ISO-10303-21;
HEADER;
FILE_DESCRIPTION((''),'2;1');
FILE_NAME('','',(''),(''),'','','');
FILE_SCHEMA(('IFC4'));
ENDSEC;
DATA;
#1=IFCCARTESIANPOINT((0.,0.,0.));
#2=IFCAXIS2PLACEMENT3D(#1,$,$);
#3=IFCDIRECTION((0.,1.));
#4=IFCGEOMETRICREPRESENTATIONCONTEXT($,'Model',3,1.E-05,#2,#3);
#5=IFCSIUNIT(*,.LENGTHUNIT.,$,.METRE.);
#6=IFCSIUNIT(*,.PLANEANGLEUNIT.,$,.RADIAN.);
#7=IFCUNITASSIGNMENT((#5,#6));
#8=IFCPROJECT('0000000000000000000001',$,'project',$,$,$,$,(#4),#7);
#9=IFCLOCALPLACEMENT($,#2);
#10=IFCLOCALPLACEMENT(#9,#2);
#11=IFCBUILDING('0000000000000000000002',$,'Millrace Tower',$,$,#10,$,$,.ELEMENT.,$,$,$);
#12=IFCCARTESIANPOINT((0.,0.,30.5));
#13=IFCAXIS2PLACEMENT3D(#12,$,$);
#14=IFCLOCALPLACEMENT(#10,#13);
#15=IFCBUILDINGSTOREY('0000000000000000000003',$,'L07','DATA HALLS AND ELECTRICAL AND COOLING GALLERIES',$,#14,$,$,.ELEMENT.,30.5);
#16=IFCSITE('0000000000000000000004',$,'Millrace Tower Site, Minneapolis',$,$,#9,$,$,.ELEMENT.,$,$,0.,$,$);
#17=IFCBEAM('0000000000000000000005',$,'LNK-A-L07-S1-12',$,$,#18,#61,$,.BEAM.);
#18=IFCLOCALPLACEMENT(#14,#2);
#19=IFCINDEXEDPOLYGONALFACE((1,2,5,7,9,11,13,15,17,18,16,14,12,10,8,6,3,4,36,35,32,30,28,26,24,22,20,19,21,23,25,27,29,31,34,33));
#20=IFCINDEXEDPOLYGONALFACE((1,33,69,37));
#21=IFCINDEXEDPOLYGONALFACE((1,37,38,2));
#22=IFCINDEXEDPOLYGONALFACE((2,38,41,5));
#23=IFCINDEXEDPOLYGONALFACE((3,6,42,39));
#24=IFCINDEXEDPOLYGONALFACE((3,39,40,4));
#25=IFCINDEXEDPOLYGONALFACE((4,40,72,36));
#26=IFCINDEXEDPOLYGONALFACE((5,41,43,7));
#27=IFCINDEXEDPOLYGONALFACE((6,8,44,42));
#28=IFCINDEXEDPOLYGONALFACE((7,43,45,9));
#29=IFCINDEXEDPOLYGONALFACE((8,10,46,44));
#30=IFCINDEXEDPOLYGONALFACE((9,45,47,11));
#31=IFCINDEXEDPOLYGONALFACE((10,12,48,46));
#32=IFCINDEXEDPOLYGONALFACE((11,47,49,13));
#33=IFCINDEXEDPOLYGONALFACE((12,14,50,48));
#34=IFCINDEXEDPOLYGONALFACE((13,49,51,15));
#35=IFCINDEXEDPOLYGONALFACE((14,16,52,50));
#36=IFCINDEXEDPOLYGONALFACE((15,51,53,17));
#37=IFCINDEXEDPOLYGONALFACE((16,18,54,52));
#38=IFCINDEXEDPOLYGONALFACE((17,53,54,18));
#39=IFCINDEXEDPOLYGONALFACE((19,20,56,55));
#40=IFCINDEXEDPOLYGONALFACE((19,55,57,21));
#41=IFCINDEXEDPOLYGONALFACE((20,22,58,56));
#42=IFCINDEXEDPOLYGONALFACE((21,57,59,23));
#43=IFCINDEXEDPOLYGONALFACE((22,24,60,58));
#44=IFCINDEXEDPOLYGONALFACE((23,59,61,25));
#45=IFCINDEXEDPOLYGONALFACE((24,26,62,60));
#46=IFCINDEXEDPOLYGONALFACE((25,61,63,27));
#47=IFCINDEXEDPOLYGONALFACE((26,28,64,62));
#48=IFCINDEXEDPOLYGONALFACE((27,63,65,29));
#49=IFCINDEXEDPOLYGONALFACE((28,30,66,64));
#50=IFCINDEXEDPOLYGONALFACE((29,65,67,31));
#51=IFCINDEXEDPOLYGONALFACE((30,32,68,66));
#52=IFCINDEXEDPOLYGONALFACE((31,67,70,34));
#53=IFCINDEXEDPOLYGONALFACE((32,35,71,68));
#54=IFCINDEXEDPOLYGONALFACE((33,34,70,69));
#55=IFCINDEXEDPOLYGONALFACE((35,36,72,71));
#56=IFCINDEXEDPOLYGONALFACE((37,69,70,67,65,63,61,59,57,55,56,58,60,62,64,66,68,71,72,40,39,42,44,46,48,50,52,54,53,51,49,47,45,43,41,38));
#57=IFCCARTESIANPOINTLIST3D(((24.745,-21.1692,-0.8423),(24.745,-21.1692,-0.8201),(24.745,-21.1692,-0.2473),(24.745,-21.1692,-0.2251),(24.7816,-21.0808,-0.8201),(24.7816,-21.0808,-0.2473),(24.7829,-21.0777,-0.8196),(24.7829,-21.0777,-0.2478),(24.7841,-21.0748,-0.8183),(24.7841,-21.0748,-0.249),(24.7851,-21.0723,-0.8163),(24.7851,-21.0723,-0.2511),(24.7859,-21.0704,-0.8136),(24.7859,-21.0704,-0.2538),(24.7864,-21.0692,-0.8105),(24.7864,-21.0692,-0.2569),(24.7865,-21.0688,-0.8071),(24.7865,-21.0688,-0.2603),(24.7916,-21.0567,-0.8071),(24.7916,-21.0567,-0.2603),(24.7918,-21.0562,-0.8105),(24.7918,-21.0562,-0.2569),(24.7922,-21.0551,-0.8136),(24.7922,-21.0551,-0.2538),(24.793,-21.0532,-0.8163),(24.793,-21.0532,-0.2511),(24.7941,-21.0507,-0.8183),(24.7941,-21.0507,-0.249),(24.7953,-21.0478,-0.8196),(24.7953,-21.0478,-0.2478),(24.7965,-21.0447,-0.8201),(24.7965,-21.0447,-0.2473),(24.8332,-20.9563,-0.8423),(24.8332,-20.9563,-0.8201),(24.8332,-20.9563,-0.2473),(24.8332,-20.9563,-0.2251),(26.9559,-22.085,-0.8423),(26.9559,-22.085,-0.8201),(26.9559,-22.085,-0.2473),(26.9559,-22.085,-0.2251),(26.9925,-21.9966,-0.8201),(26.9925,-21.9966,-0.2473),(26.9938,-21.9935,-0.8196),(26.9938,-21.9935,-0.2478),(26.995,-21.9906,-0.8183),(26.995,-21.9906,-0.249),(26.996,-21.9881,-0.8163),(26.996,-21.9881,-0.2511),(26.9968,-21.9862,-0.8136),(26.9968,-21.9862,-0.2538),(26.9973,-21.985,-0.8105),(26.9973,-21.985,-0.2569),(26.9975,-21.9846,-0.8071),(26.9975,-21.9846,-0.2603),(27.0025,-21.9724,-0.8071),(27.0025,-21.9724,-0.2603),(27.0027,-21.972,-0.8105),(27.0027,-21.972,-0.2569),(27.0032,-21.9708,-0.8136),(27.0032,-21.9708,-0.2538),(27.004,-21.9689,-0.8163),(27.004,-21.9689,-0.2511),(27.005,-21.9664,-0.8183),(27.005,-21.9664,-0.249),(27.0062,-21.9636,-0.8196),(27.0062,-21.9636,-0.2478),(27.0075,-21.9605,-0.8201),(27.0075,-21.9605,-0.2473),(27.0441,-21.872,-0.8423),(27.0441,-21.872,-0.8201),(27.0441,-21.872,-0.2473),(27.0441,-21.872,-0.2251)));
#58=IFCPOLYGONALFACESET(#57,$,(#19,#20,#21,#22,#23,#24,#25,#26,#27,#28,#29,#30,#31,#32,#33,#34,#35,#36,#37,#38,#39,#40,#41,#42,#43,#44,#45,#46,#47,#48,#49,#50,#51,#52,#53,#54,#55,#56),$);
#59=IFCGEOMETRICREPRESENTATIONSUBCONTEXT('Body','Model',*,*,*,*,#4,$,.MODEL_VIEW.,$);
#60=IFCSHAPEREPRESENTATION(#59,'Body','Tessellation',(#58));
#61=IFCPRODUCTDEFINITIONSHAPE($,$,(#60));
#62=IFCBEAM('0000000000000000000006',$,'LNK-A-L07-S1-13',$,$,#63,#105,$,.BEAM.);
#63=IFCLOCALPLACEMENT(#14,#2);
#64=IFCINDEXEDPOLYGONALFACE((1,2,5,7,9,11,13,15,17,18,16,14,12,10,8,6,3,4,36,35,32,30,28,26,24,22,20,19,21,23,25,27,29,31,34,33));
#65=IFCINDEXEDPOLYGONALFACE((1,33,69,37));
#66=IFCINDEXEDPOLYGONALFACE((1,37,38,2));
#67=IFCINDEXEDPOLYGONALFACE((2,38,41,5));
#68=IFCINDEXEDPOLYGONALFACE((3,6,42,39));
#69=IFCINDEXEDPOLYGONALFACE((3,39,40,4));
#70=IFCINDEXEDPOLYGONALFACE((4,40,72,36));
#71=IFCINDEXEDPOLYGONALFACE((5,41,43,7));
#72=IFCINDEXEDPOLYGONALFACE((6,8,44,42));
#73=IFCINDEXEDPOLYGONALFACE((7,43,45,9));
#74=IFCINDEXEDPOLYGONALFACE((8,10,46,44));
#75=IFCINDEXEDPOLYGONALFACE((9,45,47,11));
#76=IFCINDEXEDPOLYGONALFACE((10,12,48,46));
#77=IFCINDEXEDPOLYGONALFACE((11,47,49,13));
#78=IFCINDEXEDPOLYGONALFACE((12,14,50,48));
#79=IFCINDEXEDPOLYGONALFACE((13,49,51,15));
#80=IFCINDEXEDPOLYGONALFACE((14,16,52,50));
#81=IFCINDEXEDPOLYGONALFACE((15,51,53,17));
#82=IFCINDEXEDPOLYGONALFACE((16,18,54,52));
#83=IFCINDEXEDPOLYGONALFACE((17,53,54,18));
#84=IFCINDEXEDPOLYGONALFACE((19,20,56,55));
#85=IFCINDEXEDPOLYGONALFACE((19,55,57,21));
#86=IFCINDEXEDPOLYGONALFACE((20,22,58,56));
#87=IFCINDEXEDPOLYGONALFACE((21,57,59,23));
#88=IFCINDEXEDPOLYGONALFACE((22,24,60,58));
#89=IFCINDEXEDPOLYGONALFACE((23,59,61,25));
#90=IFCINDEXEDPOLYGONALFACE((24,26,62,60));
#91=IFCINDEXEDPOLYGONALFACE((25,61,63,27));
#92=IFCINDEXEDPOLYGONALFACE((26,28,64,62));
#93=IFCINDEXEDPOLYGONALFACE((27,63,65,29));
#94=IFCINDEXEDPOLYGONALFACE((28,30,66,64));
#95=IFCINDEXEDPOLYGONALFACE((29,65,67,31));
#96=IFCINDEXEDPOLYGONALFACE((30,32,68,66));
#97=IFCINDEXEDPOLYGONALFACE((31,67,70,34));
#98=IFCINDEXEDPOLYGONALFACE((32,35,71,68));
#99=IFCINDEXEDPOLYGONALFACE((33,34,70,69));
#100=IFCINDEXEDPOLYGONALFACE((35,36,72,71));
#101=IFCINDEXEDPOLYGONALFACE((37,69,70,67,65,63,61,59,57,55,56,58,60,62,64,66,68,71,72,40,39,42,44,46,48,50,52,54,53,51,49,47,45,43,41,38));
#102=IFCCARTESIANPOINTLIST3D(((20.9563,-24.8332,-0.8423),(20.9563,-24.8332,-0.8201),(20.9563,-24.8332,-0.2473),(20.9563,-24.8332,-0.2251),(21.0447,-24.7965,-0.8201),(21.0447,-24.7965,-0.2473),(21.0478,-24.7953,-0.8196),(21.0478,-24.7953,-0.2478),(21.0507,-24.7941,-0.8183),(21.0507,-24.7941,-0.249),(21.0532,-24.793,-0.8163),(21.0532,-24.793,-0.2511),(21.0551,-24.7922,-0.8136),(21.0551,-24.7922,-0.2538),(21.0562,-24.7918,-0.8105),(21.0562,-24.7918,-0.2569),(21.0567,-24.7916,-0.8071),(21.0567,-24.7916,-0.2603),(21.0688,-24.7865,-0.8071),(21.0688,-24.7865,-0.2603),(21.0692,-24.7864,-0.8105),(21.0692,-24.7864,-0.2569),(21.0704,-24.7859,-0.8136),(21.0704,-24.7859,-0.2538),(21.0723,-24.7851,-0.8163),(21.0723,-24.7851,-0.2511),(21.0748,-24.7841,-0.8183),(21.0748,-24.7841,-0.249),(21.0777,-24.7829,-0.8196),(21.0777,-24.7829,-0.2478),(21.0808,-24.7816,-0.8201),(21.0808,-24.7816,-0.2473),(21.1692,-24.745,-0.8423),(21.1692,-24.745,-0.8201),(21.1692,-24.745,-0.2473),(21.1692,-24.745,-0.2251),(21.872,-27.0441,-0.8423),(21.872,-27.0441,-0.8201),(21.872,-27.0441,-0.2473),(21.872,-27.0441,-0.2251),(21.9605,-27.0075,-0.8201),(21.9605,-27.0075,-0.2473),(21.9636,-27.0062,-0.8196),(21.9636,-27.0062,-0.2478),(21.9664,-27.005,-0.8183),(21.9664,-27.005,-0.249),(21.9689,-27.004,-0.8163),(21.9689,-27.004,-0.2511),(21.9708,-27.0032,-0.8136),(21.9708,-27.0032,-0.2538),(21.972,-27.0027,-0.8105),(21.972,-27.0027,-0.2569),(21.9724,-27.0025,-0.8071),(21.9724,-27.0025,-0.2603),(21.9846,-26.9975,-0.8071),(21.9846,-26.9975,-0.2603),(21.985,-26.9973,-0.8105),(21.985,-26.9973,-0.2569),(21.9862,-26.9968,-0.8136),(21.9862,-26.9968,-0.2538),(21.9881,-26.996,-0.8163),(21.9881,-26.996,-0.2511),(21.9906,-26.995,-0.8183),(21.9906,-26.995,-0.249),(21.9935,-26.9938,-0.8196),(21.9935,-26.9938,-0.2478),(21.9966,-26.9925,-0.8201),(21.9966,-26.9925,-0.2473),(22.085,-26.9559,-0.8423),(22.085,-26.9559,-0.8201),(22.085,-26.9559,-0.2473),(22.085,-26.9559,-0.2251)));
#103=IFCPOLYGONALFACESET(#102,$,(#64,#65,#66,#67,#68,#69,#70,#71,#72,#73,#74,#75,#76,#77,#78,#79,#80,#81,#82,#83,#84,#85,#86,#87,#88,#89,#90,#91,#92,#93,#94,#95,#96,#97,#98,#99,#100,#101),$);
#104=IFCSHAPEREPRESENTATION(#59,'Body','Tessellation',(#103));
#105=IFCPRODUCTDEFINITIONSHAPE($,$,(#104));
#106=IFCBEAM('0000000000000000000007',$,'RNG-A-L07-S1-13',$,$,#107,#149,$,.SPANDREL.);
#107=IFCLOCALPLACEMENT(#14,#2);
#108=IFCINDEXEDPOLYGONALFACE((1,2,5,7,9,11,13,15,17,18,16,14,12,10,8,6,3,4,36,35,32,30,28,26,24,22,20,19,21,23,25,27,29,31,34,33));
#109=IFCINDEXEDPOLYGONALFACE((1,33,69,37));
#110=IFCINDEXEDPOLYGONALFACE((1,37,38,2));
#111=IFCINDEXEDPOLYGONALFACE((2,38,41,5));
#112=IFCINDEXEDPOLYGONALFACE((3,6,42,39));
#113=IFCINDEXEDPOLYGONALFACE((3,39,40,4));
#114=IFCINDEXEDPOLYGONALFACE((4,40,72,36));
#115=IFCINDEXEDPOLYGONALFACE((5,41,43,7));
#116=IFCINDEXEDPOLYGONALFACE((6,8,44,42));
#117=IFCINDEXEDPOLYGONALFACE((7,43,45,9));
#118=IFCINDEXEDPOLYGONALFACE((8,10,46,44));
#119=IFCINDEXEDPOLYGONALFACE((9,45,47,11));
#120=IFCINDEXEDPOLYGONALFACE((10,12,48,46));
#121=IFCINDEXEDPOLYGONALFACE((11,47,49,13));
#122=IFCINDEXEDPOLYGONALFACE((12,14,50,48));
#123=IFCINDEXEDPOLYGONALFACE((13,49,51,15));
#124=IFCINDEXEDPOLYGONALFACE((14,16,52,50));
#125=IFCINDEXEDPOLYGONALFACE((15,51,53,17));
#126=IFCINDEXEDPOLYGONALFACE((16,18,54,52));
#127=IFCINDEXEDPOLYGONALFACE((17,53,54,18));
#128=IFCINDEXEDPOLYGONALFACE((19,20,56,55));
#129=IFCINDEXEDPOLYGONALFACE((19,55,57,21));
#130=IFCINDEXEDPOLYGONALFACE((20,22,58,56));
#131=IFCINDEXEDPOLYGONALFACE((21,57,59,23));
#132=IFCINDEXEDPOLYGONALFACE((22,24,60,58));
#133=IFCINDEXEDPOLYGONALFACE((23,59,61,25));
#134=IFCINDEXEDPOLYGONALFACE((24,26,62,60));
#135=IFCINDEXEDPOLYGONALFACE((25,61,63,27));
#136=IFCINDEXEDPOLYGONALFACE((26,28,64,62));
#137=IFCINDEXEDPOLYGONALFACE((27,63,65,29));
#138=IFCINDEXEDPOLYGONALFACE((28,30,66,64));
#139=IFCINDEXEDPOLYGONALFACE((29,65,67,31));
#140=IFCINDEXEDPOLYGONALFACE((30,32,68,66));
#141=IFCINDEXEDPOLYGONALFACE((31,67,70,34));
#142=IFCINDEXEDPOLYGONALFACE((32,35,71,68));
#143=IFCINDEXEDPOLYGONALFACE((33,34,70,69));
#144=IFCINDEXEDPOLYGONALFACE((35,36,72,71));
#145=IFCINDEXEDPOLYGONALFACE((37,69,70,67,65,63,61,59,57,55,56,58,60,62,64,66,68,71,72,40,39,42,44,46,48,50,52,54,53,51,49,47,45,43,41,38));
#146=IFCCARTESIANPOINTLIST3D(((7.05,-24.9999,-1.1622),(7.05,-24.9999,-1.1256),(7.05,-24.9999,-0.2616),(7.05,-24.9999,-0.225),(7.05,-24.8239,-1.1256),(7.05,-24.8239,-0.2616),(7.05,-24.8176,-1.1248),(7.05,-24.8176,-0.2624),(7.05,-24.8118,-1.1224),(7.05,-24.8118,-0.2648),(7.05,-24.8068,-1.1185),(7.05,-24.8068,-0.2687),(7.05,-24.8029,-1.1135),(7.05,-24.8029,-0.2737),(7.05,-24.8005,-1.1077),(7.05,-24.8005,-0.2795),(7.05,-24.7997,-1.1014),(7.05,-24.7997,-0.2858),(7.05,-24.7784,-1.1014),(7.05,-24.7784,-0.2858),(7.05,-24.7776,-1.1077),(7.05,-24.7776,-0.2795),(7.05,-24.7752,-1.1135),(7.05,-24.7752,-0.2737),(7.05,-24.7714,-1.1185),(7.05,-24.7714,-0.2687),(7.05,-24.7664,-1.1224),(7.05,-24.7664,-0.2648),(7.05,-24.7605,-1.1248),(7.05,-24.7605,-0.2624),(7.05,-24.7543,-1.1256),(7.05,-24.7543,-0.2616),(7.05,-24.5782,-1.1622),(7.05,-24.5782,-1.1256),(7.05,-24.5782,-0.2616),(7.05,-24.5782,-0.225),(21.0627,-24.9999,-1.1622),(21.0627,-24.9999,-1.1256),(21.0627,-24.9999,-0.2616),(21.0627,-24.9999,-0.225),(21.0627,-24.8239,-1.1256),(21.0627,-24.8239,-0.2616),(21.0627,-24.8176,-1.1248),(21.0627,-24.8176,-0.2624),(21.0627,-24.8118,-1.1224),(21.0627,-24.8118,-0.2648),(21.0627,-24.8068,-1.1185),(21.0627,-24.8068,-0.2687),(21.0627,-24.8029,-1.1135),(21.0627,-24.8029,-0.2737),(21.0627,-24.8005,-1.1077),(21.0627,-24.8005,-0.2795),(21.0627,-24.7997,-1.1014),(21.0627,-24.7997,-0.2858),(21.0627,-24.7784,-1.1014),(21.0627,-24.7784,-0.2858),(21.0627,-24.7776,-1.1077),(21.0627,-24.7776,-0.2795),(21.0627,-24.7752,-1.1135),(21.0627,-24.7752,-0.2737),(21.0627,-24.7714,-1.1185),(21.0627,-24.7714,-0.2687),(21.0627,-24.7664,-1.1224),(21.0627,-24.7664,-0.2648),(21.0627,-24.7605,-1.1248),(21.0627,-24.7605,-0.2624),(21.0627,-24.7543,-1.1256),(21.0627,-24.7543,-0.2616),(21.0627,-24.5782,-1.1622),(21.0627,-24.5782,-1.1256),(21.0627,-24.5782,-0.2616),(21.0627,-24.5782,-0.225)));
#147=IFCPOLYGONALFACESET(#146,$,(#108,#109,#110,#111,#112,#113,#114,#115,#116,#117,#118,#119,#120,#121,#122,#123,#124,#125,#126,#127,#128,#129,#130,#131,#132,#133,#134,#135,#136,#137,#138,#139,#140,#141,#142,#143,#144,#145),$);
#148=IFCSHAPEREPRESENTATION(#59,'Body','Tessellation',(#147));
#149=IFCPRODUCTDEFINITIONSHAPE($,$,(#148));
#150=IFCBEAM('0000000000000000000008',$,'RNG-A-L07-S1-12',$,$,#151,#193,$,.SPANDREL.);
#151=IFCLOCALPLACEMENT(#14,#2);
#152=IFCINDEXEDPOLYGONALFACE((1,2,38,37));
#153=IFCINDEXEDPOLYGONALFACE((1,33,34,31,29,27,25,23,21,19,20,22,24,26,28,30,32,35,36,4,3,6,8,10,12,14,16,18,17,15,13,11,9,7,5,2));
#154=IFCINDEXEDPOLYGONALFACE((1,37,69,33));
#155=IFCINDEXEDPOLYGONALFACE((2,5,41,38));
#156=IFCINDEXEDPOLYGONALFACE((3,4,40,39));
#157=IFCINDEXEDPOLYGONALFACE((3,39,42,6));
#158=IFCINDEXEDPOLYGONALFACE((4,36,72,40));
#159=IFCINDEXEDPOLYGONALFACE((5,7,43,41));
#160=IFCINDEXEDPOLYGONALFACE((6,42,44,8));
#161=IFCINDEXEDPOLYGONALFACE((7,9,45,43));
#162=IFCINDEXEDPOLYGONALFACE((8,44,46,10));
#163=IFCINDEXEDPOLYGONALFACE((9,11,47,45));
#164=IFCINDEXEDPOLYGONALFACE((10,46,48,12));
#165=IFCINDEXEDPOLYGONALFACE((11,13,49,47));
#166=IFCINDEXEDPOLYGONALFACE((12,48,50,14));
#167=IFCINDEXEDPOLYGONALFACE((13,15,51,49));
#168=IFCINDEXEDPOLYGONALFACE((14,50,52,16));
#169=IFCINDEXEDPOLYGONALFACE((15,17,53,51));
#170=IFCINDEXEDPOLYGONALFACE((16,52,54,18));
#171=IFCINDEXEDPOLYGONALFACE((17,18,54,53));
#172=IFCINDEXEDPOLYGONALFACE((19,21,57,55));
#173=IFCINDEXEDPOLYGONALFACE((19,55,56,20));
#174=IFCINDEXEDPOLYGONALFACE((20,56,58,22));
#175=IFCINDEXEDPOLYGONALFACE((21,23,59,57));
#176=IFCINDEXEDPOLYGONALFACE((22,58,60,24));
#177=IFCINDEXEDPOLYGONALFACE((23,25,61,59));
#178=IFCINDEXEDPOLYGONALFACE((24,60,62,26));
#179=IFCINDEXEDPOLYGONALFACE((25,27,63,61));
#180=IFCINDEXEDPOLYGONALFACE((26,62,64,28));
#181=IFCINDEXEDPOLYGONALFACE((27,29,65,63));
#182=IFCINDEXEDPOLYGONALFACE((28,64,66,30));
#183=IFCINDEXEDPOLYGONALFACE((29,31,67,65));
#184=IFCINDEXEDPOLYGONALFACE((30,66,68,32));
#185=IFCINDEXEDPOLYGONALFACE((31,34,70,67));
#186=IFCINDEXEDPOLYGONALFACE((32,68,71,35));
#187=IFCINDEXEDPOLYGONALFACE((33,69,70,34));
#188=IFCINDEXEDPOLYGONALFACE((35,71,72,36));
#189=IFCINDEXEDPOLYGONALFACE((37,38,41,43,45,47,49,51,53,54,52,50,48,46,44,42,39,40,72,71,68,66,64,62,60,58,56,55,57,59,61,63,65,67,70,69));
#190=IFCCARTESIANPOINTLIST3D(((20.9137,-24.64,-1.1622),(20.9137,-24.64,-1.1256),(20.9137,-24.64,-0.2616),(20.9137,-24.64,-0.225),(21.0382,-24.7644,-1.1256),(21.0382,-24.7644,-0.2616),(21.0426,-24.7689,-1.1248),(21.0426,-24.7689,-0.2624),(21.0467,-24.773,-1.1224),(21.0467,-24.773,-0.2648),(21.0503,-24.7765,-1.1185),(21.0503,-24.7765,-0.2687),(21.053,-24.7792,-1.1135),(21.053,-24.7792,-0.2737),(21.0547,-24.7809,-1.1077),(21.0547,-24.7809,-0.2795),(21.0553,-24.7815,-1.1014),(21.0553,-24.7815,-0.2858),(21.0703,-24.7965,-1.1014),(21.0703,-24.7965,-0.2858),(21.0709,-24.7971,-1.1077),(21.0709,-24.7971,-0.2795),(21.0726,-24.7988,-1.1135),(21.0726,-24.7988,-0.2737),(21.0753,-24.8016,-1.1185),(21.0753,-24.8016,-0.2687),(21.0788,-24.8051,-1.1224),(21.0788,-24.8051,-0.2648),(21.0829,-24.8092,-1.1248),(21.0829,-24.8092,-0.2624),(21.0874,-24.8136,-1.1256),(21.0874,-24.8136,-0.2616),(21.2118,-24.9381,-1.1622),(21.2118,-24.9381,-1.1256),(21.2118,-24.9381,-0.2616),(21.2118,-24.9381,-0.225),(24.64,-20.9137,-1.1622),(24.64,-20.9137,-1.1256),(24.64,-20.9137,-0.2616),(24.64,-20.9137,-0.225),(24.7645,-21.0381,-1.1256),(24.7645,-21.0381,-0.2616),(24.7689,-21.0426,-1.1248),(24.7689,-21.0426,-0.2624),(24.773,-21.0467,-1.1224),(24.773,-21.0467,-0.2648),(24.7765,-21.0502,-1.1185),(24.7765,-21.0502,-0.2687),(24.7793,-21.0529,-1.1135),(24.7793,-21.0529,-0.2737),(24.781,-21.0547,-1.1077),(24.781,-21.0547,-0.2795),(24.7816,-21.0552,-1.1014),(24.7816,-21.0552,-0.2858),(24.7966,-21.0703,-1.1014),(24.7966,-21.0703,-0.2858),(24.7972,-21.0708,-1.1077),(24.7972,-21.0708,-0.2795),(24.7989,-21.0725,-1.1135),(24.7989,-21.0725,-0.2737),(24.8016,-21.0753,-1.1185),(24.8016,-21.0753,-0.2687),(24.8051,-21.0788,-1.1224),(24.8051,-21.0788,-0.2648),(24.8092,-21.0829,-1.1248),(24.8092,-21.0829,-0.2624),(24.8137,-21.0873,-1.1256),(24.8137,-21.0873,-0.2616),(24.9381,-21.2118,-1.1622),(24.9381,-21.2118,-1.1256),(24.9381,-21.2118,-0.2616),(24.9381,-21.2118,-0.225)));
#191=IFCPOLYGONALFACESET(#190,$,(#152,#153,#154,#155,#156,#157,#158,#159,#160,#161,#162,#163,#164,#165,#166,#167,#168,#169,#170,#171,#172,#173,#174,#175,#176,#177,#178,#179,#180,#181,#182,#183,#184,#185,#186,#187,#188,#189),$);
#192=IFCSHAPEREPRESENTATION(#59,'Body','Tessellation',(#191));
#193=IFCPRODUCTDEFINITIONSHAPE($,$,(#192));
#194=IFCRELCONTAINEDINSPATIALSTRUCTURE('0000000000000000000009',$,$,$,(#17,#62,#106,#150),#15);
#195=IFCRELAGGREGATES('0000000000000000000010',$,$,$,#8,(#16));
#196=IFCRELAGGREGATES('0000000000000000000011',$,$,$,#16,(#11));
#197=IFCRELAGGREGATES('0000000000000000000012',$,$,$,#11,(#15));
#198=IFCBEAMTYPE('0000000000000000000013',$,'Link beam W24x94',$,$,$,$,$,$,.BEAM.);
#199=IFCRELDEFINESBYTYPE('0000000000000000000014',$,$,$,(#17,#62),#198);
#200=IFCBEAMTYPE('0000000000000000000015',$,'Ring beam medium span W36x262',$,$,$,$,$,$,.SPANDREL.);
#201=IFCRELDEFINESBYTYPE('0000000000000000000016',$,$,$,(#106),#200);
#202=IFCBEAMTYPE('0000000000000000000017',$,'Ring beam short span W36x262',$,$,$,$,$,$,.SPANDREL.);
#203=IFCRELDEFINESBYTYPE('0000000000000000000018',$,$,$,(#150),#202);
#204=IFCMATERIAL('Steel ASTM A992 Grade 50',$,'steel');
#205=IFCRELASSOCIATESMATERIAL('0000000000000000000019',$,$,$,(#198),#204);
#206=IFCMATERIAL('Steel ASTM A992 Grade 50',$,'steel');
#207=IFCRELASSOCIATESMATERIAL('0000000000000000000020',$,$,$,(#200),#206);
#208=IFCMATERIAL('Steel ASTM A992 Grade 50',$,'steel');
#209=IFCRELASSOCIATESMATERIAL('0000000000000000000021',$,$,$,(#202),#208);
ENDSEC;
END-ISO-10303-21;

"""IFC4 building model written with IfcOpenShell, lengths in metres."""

from ifc_helpers import new_model, si_unit, direction, frame, origin, origin_2d, place, context, subcontext, project, spatial, i_section, extrude, material, material_profile, profile_set, type_object, element, save


model = new_model("IFC4")

# Units and contexts
model_context = context("Model", 3, precision=1e-05, world=origin(), true_north=direction((0.0, 1.0)))
body_context = subcontext(model_context, "Body", "Model", "MODEL_VIEW")
ifc_project = project(units=[si_unit("LENGTHUNIT", "METRE"), si_unit("PLANEANGLEUNIT", "RADIAN")], contexts=[model_context])

# Site, building, storey
site_placement = place(None, origin())
site = spatial("IfcSite", under=ifc_project, at=site_placement, Name="Millrace Tower Site, Minneapolis", CompositionType="ELEMENT", RefElevation=0.0)
building_placement = place(site_placement, origin())
building = spatial("IfcBuilding", under=site, at=building_placement, Name="Millrace Tower", CompositionType="ELEMENT")
storey_placement = place(building_placement, frame((0.0, 0.0, 30.5)))
storey = spatial("IfcBuildingStorey", under=building, at=storey_placement, Name="L07", Description="DATA HALLS AND ELECTRICAL AND COOLING GALLERIES", CompositionType="ELEMENT", Elevation=30.5)

# Beams
ifc_material_1 = material(Name="Steel ASTM A992 Grade 50", Category="steel")
ifc_material_profile_1 = material_profile(ifc_material_1, i_section(OverallWidth=0.2305, OverallDepth=0.6172, WebThickness=0.0132, FlangeThickness=0.0222, FilletRadius=0.0129, at=origin_2d()))
ifc_profile_set_1 = profile_set([ifc_material_profile_1], Name="Steel ASTM A992 Grade 50")
beam_type_1 = type_object("IfcBeamType", Name="Link beam W24x94", PredefinedType="BEAM", material=ifc_profile_set_1)
for number, where, z_axis, x_axis, name in (
    (1, (24.7891, -21.0627, -0.5337), (0.923884, -0.382673, 0.0), (0.382673, 0.923884, 0.0), "LNK-A-L07-S1-12"),
    (2, (21.0627, -24.7891, -0.5337), (0.382673, -0.923884, 0.0), (0.923884, 0.382673, 0.0), "LNK-A-L07-S1-13"),
):
    element("IfcBeam", number, at=place(storey_placement, frame(where, z_axis=z_axis, x_axis=x_axis)), inside=storey, type_object=beam_type_1, Name=name, PredefinedType="BEAM", context=body_context, shape_type="SweptSolid", body=[
        extrude(i_section(OverallWidth=0.2305, OverallDepth=0.6172, WebThickness=0.0132, FlangeThickness=0.0222, FilletRadius=0.0129, at=origin_2d()), origin(), (0.0, 0.0, 1.0), 2.3931),
    ])
ifc_material_2 = material(Name="Steel ASTM A992 Grade 50", Category="steel")
ifc_material_profile_2 = material_profile(ifc_material_2, i_section(OverallWidth=0.4216, OverallDepth=0.9373, WebThickness=0.0212, FlangeThickness=0.0366, FilletRadius=0.0242, at=origin_2d()))
ifc_profile_set_2 = profile_set([ifc_material_profile_2], Name="Steel ASTM A992 Grade 50")
beam_type_2 = type_object("IfcBeamType", Name="Ring beam medium span W36x262", PredefinedType="SPANDREL", material=ifc_profile_set_2)
beam_1_placement = place(storey_placement, frame((21.0627, -24.7891, -0.6936), z_axis=(-1.0, 0.0, 0.0), x_axis=(0.0, -1.0, 0.0)))
element("IfcBeam", 3, at=beam_1_placement, inside=storey, type_object=beam_type_2, Name="RNG-A-L07-S1-13", PredefinedType="SPANDREL", context=body_context, shape_type="SweptSolid", body=[
    extrude(i_section(OverallWidth=0.4216, OverallDepth=0.9373, WebThickness=0.0212, FlangeThickness=0.0366, FilletRadius=0.0242, at=origin_2d()), origin(), (0.0, 0.0, 1.0), 14.0127),
])
ifc_material_3 = material(Name="Steel ASTM A992 Grade 50", Category="steel")
ifc_material_profile_3 = material_profile(ifc_material_3, i_section(OverallWidth=0.4216, OverallDepth=0.9373, WebThickness=0.0212, FlangeThickness=0.0366, FilletRadius=0.0242, at=origin_2d()))
ifc_profile_set_3 = profile_set([ifc_material_profile_3], Name="Steel ASTM A992 Grade 50")
beam_type_3 = type_object("IfcBeamType", Name="Ring beam short span W36x262", PredefinedType="SPANDREL", material=ifc_profile_set_3)
beam_2_placement = place(storey_placement, frame((24.7891, -21.0627, -0.6936), z_axis=(-0.707107, -0.707107, 0.0), x_axis=(0.707107, -0.707107, 0.0)))
element("IfcBeam", 4, at=beam_2_placement, inside=storey, type_object=beam_type_3, Name="RNG-A-L07-S1-12", PredefinedType="SPANDREL", context=body_context, shape_type="SweptSolid", body=[
    extrude(i_section(OverallWidth=0.4216, OverallDepth=0.9373, WebThickness=0.0212, FlangeThickness=0.0366, FilletRadius=0.0242, at=origin_2d()), origin(), (0.0, 0.0, 1.0), 5.2698),
])

save(model, "model.ifc")
